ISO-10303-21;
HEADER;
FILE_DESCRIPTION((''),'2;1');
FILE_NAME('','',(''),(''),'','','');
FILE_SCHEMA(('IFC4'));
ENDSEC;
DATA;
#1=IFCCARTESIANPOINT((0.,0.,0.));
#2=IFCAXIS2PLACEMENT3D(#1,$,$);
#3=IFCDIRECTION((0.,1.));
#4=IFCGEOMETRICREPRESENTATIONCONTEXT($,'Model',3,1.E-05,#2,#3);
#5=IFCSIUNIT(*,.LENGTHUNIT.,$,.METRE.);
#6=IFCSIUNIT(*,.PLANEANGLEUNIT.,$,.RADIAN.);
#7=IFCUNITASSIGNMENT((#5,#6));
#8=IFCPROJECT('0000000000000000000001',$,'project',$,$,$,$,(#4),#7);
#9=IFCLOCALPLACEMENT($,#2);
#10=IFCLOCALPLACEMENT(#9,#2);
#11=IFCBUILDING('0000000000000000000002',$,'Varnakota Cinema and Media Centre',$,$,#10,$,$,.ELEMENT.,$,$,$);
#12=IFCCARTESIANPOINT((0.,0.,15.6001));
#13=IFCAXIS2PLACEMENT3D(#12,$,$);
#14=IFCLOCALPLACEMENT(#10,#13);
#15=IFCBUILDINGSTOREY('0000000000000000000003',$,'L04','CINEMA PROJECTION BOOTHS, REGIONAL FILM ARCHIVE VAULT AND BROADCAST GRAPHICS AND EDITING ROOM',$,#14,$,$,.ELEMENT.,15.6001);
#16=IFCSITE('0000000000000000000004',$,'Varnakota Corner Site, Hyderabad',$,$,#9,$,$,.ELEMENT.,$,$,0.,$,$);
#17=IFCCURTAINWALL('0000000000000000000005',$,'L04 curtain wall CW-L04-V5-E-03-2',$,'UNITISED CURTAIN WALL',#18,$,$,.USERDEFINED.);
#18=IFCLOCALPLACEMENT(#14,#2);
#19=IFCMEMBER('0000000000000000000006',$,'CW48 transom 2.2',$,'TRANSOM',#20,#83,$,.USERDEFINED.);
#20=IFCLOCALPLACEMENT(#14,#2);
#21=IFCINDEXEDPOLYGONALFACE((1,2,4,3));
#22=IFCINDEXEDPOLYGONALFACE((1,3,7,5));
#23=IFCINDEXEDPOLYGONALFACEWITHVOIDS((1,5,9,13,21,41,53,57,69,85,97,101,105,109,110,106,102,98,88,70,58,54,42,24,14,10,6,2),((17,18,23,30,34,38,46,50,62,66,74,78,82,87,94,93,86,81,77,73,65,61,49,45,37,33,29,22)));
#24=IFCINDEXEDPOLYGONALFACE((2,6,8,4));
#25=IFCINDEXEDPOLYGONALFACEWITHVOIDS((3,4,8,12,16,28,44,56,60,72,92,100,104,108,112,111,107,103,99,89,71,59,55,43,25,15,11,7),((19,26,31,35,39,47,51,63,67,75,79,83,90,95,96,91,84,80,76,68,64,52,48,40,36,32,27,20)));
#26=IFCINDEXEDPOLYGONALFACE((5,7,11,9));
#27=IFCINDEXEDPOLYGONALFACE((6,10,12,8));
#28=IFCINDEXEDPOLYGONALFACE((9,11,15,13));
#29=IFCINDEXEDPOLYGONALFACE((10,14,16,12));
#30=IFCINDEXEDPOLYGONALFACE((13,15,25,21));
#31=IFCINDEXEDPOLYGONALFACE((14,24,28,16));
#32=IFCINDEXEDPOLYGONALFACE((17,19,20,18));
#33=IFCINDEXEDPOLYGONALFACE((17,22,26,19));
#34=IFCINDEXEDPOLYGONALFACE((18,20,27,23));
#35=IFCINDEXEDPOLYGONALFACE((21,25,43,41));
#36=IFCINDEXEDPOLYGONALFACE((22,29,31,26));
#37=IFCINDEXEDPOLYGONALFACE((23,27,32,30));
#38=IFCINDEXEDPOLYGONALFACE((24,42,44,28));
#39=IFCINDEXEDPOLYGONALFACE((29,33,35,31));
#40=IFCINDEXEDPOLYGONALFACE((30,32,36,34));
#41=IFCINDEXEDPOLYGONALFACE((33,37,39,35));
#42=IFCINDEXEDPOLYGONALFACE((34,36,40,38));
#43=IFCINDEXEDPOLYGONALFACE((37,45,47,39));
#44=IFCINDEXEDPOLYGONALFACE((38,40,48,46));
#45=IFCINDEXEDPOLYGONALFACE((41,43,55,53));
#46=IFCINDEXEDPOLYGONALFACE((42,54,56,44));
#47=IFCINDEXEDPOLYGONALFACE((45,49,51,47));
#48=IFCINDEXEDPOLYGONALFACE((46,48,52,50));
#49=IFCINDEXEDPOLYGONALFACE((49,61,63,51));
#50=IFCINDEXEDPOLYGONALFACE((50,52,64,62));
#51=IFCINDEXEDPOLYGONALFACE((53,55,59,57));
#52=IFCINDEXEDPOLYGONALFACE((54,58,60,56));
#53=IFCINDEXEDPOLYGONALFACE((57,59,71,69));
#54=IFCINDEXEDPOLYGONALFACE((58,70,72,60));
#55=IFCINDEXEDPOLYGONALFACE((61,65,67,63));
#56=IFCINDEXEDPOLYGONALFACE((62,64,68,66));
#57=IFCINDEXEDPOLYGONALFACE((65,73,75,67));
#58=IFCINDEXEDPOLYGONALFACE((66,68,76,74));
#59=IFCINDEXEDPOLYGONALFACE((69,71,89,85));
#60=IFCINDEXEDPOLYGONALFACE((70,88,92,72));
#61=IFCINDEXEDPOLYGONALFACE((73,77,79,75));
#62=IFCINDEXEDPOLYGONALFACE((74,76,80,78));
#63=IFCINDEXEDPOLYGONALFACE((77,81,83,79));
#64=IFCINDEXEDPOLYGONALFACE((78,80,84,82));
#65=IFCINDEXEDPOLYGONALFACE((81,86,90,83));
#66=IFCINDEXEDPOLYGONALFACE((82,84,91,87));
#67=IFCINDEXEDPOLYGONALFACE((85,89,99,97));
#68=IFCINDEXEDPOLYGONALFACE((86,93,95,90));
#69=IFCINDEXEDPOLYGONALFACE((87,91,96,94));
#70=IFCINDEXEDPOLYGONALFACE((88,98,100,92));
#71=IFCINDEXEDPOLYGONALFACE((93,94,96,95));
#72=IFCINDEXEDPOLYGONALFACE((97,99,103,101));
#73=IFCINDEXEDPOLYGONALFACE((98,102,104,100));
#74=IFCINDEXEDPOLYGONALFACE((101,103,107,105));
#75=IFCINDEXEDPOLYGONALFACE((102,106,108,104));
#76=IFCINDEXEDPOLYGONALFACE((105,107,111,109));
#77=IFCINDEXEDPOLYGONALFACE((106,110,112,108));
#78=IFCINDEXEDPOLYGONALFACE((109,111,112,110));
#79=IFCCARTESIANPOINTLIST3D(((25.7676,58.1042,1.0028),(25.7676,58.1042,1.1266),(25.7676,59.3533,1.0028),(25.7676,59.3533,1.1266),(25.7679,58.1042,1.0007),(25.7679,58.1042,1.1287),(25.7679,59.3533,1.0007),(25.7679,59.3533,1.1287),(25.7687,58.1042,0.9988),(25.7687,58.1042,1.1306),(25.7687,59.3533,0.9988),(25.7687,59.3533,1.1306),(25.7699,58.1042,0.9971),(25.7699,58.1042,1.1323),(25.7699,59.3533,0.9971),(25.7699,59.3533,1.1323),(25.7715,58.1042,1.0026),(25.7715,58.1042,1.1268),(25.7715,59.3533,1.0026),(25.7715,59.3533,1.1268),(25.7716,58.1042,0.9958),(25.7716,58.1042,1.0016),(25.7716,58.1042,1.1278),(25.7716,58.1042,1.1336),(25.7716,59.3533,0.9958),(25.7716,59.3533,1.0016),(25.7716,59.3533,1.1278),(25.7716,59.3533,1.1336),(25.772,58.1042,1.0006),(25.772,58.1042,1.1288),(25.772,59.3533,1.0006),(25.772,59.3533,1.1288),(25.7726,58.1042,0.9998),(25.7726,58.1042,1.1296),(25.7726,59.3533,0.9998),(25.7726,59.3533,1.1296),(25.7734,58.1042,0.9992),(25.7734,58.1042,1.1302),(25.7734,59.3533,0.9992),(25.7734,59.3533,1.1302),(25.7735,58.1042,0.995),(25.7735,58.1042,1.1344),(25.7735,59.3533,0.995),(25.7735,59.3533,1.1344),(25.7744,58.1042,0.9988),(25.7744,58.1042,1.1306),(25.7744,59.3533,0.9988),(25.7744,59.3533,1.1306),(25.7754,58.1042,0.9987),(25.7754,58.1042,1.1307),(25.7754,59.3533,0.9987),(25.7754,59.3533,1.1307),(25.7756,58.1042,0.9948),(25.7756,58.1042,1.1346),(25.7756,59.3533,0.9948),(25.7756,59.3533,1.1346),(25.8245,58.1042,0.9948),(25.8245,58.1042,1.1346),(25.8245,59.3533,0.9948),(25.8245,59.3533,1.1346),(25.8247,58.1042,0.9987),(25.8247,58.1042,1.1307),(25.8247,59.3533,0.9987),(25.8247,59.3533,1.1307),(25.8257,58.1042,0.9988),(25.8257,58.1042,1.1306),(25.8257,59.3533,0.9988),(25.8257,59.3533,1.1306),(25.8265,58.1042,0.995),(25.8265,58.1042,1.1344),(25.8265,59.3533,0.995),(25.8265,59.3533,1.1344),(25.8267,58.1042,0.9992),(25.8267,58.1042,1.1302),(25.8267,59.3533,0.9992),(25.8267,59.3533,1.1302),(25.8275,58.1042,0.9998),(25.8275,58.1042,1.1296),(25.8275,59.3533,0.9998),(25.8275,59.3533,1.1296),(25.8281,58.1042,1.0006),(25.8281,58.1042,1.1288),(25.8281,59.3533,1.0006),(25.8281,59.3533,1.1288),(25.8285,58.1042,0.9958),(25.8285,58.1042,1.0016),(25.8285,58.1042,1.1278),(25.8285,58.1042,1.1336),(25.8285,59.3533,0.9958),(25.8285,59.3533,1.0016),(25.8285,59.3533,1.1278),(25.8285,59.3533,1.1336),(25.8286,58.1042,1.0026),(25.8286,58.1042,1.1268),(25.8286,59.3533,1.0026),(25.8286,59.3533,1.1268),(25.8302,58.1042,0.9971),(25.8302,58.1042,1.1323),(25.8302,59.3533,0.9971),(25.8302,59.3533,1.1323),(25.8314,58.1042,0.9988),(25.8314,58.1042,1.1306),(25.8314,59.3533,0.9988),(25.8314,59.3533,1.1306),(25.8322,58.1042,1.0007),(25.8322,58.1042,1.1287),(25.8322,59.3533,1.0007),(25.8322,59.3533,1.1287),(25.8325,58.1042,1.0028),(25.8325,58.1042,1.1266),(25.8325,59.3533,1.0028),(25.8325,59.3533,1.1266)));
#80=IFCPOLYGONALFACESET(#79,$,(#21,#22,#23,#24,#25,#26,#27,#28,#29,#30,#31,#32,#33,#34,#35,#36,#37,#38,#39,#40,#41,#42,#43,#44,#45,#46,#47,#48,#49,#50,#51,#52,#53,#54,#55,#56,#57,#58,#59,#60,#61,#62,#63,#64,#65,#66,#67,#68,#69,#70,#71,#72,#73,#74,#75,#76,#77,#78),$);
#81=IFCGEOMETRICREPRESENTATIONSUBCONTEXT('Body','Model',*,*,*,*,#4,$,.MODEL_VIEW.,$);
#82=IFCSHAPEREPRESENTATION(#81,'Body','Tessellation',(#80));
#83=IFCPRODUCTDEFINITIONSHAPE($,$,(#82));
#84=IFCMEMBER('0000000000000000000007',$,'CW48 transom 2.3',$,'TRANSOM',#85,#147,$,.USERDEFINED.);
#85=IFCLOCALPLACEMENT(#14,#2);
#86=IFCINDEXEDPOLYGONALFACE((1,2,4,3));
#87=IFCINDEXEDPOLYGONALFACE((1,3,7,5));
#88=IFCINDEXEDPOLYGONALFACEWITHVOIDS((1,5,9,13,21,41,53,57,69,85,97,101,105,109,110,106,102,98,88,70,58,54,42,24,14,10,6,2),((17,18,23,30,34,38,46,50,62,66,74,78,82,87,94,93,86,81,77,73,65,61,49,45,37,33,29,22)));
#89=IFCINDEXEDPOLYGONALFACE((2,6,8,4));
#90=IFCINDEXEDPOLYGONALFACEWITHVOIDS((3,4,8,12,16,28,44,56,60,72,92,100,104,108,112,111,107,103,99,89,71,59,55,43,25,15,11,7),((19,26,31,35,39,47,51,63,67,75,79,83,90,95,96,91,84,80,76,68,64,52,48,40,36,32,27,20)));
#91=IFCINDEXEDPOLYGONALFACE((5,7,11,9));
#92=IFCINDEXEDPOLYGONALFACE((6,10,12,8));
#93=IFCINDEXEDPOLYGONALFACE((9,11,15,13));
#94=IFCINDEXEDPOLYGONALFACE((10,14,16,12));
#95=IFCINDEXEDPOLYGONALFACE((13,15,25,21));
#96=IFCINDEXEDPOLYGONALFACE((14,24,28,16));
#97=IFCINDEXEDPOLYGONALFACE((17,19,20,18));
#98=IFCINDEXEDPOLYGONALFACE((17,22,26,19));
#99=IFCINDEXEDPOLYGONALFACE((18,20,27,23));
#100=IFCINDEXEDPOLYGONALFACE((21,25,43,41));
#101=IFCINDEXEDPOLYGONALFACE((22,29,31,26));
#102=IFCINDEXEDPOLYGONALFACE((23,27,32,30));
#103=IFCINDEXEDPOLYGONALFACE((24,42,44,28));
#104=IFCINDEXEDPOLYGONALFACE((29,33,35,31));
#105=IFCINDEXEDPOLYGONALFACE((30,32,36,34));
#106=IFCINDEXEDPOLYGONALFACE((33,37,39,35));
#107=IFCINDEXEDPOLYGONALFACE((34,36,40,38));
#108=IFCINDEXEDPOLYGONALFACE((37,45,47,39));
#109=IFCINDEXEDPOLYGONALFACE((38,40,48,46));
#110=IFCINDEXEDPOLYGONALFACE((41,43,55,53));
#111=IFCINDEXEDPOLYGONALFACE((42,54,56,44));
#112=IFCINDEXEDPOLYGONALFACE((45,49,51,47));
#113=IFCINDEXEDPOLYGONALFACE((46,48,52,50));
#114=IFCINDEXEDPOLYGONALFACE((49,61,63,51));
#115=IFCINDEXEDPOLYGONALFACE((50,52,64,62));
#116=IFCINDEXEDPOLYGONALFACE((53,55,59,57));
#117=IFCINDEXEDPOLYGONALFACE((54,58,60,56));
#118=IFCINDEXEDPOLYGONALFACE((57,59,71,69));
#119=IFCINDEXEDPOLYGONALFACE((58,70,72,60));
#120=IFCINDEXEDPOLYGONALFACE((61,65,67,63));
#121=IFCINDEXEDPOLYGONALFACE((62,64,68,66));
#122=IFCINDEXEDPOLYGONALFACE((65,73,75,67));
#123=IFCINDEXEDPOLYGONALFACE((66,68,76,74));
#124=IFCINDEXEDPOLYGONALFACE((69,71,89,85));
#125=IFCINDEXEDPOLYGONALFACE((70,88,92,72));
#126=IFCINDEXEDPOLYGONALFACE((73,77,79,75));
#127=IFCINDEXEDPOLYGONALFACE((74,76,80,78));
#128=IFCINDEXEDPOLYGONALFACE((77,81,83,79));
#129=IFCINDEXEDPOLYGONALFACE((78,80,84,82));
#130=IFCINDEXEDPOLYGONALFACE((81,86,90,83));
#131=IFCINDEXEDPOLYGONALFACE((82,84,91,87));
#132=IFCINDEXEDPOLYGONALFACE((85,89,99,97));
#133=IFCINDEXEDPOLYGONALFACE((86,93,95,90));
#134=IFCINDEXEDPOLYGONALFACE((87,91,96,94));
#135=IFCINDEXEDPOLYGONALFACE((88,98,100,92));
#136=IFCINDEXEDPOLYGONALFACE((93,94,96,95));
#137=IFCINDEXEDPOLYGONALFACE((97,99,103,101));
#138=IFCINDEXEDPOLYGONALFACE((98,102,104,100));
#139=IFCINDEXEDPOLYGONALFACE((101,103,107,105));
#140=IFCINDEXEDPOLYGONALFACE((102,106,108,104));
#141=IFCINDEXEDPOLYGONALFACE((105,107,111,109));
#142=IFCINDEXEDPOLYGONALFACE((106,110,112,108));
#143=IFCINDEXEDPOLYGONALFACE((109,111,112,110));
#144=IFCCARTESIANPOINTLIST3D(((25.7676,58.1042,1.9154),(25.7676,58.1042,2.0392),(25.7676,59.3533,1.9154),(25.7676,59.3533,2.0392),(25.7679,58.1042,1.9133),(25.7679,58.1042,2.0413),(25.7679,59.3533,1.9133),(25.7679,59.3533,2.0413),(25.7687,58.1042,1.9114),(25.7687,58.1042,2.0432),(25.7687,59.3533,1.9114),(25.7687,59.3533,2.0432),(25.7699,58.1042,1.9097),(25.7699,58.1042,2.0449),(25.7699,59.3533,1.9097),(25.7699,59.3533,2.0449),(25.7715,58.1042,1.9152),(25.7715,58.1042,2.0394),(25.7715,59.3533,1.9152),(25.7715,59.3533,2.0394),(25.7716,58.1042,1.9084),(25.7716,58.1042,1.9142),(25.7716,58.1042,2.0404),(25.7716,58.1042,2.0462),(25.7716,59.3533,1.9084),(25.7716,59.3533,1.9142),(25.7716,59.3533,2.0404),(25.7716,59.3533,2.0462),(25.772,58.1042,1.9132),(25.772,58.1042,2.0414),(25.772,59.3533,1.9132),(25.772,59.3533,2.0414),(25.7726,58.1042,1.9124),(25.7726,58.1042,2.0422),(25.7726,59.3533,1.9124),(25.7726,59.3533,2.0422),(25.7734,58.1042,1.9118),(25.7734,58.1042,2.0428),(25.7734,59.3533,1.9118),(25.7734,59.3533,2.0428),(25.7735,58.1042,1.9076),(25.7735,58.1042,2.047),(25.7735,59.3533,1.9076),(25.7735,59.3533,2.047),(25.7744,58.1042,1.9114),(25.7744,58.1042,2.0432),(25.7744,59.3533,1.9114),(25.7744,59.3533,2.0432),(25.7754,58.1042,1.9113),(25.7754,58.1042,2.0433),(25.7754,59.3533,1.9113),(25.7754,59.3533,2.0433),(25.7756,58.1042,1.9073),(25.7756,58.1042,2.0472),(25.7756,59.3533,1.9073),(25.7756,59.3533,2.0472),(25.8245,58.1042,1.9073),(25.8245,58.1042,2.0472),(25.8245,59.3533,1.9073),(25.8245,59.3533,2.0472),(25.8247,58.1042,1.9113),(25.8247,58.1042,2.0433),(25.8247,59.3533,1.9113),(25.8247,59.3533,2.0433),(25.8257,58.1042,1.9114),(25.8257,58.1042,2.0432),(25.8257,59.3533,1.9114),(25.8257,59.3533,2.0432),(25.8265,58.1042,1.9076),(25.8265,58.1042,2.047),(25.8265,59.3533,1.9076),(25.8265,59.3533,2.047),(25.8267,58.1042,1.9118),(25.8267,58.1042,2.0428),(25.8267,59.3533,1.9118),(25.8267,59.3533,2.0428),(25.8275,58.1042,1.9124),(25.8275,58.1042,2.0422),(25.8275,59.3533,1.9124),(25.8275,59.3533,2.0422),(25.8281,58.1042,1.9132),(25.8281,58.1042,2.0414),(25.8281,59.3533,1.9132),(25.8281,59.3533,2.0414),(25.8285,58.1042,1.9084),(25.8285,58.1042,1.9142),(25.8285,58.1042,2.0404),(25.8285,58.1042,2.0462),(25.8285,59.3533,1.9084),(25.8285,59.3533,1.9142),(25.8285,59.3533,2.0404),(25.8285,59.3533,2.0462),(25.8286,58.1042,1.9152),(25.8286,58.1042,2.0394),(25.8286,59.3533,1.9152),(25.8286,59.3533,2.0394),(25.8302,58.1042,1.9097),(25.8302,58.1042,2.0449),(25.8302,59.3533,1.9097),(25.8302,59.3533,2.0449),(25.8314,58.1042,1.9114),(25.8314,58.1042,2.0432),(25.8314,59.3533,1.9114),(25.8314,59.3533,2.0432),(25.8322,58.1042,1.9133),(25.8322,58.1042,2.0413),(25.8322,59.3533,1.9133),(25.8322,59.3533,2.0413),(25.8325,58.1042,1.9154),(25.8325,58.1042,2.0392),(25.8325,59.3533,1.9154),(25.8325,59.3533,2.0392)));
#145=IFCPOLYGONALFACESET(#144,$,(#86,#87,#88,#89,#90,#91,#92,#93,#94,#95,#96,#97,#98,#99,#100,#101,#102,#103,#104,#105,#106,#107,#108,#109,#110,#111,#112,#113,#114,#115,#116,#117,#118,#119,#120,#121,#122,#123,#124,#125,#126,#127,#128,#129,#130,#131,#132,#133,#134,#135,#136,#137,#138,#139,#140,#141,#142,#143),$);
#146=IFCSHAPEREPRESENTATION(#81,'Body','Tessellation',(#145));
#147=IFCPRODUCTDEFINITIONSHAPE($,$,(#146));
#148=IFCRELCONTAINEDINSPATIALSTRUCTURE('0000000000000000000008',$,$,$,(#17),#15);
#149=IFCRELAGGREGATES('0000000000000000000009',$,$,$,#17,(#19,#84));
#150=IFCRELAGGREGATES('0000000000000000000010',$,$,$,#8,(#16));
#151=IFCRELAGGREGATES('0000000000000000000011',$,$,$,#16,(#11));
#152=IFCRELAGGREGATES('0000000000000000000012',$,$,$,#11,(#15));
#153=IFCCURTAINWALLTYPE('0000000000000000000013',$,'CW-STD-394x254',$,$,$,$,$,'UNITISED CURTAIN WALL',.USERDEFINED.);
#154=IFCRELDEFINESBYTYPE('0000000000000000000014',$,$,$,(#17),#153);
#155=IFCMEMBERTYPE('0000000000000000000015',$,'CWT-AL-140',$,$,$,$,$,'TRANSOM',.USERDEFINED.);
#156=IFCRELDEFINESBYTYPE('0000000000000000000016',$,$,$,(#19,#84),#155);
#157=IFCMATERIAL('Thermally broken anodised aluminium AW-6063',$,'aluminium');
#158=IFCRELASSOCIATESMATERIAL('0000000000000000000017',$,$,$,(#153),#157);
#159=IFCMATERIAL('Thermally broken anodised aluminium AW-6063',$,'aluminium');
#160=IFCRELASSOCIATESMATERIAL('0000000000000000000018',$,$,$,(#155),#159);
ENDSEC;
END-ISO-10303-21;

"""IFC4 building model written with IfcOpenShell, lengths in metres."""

from ifc_helpers import new_model, si_unit, direction, frame, origin, origin_2d, place, context, subcontext, project, spatial, hollow_rectangle, extrude, material, material_profile, profile_set, type_object, element, aggregate, save


model = new_model("IFC4")

# Units and contexts
model_context = context("Model", 3, precision=1e-05, world=origin(), true_north=direction((0.0, 1.0)))
body_context = subcontext(model_context, "Body", "Model", "MODEL_VIEW")
ifc_project = project(units=[si_unit("LENGTHUNIT", "METRE"), si_unit("PLANEANGLEUNIT", "RADIAN")], contexts=[model_context])

# Site, building, storey
site_placement = place(None, origin())
site = spatial("IfcSite", under=ifc_project, at=site_placement, Name="Varnakota Corner Site, Hyderabad", CompositionType="ELEMENT", RefElevation=0.0)
building_placement = place(site_placement, origin())
building = spatial("IfcBuilding", under=site, at=building_placement, Name="Varnakota Cinema and Media Centre", CompositionType="ELEMENT")
storey_placement = place(building_placement, frame((0.0, 0.0, 15.6001)))
storey = spatial("IfcBuildingStorey", under=building, at=storey_placement, Name="L04", Description="CINEMA PROJECTION BOOTHS, REGIONAL FILM ARCHIVE VAULT AND BROADCAST GRAPHICS AND EDITING ROOM", CompositionType="ELEMENT", Elevation=15.6001)

# Curtain wall
ifc_material_1 = material(Name="Thermally broken anodised aluminium AW-6063", Category="aluminium")
curtain_wall_type = type_object("IfcCurtainWallType", Name="CW-STD-394x254", ElementType="UNITISED CURTAIN WALL", PredefinedType="USERDEFINED", material=ifc_material_1)
curtain_wall_1_placement = place(storey_placement, origin())
curtain_wall_1 = element("IfcCurtainWall", 1, at=curtain_wall_1_placement, inside=storey, type_object=curtain_wall_type, Name="L04 curtain wall CW-L04-V5-E-03-2", ObjectType="UNITISED CURTAIN WALL", PredefinedType="USERDEFINED")

# Members
ifc_material_2 = material(Name="Thermally broken anodised aluminium AW-6063", Category="aluminium")
ifc_material_profile_1 = material_profile(ifc_material_2, hollow_rectangle(XDim=0.0649, YDim=0.1399, WallThickness=0.0039, InnerFilletRadius=0.0039, OuterFilletRadius=0.0081, at=origin_2d()), Name="AL-TRANSOM 140x65x4")
ifc_profile_set_1 = profile_set([ifc_material_profile_1], Name="Thermally broken anodised aluminium AW-6063")
member_type_1 = type_object("IfcMemberType", Name="CWT-AL-140", ElementType="TRANSOM", PredefinedType="USERDEFINED", material=ifc_profile_set_1)
member_1_placement = place(storey_placement, frame((25.8, 58.1042, 1.0647), z_axis=(0.0, 1.0, 0.0), x_axis=(-1.0, 0.0, 0.0)))
member_1 = element("IfcMember", 2, at=member_1_placement, type_object=member_type_1, Name="CW48 transom 2.2", ObjectType="TRANSOM", PredefinedType="USERDEFINED", context=body_context, shape_type="SweptSolid", body=[
    extrude(hollow_rectangle(XDim=0.0649, YDim=0.1399, WallThickness=0.0039, InnerFilletRadius=0.0039, OuterFilletRadius=0.0081, at=origin_2d()), origin(), (0.0, 0.0, 1.0), 1.249),
])
member_2_placement = place(storey_placement, frame((25.8, 58.1042, 1.9773), z_axis=(0.0, 1.0, 0.0), x_axis=(-1.0, 0.0, 0.0)))
member_2 = element("IfcMember", 3, at=member_2_placement, type_object=member_type_1, Name="CW48 transom 2.3", ObjectType="TRANSOM", PredefinedType="USERDEFINED", context=body_context, shape_type="SweptSolid", body=[
    extrude(hollow_rectangle(XDim=0.0649, YDim=0.1399, WallThickness=0.0039, InnerFilletRadius=0.0039, OuterFilletRadius=0.0081, at=origin_2d()), origin(), (0.0, 0.0, 1.0), 1.249),
])

aggregate(curtain_wall_1, [member_1, member_2])

save(model, "model.ifc")
